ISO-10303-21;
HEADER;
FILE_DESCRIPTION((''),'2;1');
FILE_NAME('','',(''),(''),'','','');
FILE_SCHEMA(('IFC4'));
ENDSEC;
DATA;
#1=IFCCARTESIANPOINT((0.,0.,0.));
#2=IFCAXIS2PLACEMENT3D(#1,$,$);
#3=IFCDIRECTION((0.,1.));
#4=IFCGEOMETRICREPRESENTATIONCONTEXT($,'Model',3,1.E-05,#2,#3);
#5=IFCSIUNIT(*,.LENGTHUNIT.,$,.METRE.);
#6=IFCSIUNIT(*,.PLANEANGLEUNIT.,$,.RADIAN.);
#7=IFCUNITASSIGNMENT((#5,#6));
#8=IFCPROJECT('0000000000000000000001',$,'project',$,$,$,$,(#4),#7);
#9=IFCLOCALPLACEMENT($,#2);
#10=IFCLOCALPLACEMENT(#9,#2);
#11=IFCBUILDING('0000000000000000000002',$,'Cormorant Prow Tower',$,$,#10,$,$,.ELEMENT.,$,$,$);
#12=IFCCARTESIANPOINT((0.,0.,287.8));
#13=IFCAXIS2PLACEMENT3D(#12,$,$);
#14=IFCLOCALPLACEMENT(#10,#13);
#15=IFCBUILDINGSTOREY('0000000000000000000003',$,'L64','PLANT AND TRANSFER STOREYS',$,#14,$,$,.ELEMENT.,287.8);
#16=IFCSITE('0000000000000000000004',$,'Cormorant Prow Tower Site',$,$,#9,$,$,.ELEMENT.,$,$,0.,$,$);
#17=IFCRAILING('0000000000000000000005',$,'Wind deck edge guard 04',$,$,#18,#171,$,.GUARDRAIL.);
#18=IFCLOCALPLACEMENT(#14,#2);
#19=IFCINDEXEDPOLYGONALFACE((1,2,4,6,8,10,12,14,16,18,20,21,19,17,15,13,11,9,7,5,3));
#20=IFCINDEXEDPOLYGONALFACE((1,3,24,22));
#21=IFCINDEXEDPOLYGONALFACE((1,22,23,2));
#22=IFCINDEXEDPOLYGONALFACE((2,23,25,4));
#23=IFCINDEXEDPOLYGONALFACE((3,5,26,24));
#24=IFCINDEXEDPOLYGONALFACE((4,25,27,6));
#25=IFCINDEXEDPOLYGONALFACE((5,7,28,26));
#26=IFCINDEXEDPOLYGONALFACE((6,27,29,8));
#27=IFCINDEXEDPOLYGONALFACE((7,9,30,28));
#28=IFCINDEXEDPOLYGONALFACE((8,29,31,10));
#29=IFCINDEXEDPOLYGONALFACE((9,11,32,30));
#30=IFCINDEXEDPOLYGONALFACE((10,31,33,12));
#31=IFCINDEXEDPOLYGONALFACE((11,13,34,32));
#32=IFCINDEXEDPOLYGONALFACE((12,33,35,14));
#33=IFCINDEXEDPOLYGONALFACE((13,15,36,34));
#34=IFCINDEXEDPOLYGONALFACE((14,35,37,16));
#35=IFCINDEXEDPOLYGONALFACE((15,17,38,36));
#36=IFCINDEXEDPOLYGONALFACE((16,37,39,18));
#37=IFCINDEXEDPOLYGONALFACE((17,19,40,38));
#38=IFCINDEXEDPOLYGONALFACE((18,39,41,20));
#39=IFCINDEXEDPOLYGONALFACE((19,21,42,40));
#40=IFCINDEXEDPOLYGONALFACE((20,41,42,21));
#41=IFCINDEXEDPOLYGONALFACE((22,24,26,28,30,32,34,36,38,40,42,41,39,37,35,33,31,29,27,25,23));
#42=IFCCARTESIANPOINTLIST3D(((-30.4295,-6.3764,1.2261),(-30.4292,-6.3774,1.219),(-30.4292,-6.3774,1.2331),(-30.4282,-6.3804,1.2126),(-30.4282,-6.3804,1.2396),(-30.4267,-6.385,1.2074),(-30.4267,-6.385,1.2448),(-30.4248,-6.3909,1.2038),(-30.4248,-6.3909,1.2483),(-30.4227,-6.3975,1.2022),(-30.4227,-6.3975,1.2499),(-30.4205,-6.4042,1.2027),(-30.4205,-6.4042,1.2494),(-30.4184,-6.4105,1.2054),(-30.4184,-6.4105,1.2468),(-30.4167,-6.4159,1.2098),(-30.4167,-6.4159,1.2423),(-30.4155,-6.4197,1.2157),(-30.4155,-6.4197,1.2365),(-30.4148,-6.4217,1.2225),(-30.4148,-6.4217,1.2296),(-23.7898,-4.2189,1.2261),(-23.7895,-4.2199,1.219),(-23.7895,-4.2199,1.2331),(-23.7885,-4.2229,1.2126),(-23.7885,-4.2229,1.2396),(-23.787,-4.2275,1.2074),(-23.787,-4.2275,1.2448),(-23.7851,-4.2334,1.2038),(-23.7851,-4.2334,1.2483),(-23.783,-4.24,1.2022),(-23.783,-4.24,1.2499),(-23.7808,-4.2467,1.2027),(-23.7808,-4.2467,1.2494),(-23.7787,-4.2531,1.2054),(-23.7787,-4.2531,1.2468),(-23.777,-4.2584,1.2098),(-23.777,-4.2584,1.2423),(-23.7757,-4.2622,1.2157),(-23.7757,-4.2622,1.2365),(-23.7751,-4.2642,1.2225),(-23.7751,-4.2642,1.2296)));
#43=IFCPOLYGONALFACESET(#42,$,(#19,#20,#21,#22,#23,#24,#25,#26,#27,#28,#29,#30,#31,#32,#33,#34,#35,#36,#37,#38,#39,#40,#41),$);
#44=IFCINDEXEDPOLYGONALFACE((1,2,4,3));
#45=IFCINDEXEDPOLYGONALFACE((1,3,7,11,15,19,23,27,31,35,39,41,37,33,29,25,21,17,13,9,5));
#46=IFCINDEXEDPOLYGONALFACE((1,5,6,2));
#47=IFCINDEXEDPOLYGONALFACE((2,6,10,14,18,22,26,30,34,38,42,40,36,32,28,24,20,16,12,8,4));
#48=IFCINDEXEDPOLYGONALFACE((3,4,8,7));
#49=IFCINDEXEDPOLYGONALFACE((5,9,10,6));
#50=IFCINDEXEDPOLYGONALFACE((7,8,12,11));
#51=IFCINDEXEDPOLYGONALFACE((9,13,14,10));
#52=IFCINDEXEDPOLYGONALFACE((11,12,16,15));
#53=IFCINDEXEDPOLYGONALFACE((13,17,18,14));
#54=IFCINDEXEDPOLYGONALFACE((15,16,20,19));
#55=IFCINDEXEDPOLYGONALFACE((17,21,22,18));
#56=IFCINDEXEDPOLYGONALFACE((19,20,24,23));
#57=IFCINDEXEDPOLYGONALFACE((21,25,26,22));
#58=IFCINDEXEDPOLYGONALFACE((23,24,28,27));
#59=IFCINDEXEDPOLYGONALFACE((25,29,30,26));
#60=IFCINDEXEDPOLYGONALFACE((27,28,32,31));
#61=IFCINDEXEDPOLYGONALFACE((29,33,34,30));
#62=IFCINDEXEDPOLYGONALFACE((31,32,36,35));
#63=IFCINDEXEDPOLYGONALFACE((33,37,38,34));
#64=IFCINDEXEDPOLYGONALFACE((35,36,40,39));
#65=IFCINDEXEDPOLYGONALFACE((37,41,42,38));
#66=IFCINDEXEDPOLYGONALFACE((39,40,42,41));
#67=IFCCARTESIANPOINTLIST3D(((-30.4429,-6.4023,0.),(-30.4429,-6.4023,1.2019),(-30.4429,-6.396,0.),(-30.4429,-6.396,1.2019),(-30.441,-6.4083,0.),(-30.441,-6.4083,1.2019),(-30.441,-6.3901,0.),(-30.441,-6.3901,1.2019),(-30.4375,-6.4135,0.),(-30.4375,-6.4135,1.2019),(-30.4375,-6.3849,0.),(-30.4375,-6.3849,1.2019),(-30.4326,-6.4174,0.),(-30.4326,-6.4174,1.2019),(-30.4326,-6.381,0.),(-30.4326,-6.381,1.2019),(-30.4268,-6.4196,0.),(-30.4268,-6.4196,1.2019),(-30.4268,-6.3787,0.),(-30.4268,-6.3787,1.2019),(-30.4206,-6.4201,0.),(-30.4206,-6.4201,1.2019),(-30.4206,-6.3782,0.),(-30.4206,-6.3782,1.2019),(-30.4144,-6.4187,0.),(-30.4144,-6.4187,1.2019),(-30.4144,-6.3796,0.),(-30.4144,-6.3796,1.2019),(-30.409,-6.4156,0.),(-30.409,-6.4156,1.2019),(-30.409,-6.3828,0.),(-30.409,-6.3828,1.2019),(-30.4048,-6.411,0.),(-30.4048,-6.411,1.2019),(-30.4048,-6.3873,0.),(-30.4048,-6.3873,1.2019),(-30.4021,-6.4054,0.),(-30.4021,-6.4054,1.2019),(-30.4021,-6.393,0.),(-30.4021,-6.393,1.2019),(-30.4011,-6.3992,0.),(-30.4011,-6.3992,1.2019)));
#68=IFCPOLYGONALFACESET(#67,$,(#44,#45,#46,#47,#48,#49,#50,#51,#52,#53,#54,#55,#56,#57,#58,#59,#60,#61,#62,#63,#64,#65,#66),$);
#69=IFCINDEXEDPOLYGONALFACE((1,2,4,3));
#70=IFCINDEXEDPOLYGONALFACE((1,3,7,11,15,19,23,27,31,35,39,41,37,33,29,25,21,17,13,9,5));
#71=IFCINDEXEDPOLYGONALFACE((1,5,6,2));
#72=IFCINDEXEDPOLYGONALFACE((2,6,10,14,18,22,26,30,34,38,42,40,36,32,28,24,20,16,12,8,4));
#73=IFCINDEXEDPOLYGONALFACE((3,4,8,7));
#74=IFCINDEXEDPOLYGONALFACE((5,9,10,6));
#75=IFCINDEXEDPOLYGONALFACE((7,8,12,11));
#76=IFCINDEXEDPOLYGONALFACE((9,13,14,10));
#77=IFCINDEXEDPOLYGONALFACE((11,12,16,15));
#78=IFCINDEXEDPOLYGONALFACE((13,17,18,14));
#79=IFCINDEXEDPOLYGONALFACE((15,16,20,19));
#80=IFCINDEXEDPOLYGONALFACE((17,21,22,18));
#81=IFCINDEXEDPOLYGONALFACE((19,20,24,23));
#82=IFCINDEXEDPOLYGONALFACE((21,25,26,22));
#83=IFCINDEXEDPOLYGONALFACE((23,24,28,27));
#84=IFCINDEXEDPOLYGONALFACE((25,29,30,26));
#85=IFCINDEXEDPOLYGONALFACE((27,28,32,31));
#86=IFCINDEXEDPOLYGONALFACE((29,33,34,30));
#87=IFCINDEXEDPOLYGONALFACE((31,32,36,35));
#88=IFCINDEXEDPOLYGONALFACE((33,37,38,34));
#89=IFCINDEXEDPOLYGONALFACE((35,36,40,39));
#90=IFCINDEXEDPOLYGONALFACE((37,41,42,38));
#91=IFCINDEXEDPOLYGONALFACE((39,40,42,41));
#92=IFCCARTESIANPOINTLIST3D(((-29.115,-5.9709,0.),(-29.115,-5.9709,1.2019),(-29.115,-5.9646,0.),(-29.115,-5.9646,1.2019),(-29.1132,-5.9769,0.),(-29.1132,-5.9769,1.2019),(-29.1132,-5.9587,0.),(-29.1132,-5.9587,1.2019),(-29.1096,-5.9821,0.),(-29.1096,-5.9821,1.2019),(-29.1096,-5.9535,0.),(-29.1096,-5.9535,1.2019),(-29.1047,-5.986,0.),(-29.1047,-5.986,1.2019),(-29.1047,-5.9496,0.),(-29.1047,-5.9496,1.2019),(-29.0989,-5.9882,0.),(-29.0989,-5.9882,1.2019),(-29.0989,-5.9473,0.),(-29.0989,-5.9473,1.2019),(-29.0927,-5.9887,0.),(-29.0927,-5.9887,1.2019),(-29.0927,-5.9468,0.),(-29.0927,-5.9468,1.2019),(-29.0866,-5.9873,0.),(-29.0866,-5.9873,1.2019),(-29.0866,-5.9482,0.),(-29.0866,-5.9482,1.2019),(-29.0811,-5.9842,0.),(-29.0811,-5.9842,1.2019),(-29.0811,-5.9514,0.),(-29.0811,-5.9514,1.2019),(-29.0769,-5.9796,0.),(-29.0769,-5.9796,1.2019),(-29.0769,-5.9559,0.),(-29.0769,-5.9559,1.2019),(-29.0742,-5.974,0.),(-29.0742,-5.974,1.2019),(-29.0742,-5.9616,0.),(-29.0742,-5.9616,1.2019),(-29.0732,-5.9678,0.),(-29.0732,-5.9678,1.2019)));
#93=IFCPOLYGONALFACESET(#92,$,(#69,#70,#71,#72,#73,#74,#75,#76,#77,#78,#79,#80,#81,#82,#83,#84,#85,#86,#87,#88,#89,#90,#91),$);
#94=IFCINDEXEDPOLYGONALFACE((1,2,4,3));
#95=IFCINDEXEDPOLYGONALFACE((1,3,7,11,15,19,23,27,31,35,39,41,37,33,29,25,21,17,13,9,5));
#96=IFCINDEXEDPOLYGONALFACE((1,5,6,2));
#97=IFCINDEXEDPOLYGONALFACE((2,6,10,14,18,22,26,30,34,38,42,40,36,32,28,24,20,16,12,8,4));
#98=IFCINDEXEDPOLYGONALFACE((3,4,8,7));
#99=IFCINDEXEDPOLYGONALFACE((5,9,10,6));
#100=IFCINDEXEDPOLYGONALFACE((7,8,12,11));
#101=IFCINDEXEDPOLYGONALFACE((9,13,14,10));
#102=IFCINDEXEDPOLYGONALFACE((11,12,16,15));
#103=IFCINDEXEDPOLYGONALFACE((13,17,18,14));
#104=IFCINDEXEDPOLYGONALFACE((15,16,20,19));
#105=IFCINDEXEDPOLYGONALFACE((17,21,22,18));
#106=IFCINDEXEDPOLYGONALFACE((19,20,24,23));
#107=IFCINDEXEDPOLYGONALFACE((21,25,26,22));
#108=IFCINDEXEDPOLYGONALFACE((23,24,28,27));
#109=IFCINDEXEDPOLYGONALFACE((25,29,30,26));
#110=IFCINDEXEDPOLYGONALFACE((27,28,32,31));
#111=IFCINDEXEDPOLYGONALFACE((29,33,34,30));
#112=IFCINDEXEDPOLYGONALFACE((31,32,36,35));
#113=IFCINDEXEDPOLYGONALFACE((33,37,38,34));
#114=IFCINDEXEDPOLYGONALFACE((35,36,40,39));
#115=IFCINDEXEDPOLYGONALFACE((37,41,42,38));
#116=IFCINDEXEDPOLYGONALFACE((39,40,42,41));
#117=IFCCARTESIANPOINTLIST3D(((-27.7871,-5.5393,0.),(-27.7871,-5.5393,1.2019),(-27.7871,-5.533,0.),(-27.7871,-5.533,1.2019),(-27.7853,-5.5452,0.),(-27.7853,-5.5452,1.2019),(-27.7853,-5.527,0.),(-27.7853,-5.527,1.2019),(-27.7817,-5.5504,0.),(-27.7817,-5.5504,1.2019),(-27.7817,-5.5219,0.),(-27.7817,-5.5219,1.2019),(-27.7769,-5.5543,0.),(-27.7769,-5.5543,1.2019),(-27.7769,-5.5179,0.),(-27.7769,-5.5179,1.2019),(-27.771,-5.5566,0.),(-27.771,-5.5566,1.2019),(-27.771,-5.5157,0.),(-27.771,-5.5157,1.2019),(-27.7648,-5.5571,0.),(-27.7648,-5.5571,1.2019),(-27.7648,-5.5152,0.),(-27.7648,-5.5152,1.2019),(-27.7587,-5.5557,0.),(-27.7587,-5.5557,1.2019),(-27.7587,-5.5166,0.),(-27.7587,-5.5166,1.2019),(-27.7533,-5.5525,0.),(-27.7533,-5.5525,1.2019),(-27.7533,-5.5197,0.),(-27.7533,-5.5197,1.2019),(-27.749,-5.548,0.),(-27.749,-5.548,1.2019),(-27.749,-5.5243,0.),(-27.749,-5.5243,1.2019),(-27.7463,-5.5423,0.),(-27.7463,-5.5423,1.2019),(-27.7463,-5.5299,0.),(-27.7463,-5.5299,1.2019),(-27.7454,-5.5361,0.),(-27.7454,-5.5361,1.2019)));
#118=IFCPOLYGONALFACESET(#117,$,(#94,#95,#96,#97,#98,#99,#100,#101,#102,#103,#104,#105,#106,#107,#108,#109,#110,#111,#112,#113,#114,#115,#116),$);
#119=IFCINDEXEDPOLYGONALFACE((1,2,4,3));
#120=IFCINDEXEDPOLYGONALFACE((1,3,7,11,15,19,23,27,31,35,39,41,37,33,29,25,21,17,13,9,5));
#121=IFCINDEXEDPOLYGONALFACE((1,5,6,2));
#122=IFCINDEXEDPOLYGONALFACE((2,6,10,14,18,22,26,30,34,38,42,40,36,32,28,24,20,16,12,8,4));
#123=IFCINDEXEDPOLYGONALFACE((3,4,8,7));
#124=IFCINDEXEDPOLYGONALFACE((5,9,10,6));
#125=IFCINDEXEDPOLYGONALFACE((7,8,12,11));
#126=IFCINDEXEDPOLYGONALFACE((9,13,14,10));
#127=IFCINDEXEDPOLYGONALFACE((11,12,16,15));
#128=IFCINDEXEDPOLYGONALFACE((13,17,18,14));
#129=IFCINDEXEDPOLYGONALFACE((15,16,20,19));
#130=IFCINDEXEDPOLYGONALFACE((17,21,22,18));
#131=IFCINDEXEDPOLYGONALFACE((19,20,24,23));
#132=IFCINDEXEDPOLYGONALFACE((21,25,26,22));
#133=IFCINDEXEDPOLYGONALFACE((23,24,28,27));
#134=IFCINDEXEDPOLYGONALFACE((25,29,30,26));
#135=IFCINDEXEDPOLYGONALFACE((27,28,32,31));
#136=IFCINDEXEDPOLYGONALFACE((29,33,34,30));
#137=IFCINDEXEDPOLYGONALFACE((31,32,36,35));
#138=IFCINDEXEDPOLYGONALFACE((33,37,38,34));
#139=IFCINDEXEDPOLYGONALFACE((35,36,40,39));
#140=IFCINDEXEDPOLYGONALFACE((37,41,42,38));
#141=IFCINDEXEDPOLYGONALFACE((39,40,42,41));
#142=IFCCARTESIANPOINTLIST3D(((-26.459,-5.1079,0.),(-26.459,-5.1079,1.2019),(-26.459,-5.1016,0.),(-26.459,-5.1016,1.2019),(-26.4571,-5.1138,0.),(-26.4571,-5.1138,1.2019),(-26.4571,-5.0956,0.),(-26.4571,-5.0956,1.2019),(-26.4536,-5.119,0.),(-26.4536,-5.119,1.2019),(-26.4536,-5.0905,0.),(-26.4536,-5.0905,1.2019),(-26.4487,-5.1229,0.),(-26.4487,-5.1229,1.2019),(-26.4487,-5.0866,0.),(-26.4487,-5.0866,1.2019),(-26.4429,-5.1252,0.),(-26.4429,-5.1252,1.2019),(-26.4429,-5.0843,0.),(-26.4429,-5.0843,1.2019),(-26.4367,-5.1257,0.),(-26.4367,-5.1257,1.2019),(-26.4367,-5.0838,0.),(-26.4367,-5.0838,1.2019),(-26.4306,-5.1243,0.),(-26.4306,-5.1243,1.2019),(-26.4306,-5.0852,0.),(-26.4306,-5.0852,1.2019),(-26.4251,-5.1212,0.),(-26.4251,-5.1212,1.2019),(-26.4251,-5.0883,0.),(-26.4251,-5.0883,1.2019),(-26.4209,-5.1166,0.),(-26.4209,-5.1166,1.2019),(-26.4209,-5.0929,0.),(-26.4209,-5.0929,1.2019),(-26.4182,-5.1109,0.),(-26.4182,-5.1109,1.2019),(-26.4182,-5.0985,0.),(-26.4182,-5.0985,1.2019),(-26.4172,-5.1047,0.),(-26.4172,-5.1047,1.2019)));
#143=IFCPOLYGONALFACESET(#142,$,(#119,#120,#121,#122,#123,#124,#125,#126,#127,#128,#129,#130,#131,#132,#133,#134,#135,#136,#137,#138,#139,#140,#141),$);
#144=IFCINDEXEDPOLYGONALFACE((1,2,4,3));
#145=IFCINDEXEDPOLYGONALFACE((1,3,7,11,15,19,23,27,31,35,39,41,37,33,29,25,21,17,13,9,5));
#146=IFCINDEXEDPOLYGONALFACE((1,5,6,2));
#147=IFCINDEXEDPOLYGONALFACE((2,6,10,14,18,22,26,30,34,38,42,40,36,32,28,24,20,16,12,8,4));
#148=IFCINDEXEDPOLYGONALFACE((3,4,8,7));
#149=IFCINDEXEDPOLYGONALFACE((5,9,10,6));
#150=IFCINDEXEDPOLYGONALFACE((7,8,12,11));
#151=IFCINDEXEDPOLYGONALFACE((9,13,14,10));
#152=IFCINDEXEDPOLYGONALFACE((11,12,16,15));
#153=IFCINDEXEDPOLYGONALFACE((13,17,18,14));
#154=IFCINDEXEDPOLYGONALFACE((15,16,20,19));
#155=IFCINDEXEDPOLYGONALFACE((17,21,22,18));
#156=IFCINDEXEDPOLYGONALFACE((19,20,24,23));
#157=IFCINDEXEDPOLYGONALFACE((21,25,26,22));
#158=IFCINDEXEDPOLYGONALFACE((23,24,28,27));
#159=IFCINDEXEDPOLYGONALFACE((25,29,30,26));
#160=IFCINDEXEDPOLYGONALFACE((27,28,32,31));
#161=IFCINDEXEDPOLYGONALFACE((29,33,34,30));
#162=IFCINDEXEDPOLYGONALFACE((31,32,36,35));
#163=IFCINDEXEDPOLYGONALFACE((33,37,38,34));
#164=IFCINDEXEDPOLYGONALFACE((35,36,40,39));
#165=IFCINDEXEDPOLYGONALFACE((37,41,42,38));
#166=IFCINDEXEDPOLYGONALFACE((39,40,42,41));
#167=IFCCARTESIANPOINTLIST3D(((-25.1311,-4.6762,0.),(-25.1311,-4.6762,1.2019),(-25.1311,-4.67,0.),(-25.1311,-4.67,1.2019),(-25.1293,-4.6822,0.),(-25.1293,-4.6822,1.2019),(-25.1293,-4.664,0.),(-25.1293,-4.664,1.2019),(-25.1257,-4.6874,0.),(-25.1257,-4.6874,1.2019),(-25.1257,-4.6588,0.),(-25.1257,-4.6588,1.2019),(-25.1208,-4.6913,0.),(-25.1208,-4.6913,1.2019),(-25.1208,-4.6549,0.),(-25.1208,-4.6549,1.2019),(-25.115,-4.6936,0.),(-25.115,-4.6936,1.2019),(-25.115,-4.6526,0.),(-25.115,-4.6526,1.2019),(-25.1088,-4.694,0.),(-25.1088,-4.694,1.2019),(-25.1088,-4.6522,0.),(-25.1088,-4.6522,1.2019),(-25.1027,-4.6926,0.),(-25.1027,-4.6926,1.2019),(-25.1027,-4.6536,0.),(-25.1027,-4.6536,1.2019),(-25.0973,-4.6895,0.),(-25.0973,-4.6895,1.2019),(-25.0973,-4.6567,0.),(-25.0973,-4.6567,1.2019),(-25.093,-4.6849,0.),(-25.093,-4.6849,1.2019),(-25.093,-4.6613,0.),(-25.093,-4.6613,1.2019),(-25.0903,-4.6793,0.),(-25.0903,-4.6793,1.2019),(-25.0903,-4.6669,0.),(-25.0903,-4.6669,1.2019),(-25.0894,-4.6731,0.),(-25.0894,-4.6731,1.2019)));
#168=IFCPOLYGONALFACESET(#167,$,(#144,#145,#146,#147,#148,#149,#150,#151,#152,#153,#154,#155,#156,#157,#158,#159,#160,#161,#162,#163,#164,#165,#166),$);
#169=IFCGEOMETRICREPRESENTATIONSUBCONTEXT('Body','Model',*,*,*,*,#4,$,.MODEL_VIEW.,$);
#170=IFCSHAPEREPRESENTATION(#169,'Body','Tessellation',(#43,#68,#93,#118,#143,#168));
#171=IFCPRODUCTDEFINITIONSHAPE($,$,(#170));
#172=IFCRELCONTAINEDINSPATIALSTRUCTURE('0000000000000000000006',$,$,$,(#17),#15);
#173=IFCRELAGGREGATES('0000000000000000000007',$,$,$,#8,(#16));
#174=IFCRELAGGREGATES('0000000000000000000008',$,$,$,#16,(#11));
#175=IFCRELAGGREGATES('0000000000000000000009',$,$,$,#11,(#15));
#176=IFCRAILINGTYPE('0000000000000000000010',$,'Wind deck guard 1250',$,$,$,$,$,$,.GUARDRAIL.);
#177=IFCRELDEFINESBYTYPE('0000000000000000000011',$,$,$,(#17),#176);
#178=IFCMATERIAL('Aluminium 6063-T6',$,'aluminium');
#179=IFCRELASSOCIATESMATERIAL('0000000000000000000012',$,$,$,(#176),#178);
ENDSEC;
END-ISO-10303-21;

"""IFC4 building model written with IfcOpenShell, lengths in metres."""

from ifc_helpers import new_model, si_unit, direction, frame, origin, origin_2d, place, context, subcontext, project, spatial, circle, extrude, material, type_object, element, save


model = new_model("IFC4")

# Units and contexts
model_context = context("Model", 3, precision=1e-05, world=origin(), true_north=direction((0.0, 1.0)))
body_context = subcontext(model_context, "Body", "Model", "MODEL_VIEW")
ifc_project = project(units=[si_unit("LENGTHUNIT", "METRE"), si_unit("PLANEANGLEUNIT", "RADIAN")], contexts=[model_context])

# Site, building, storey
site_placement = place(None, origin())
site = spatial("IfcSite", under=ifc_project, at=site_placement, Name="Cormorant Prow Tower Site", CompositionType="ELEMENT", RefElevation=0.0)
building_placement = place(site_placement, origin())
building = spatial("IfcBuilding", under=site, at=building_placement, Name="Cormorant Prow Tower", CompositionType="ELEMENT")
storey_placement = place(building_placement, frame((0.0, 0.0, 287.8)))
storey = spatial("IfcBuildingStorey", under=building, at=storey_placement, Name="L64", Description="PLANT AND TRANSFER STOREYS", CompositionType="ELEMENT", Elevation=287.8)

# Railing
ifc_material_1 = material(Name="Aluminium 6063-T6", Category="aluminium")
railing_type = type_object("IfcRailingType", Name="Wind deck guard 1250", PredefinedType="GUARDRAIL", material=ifc_material_1)
railing_1_placement = place(storey_placement, frame((-30.4221, -6.3992, 0.0)))
element("IfcRailing", 1, at=railing_1_placement, inside=storey, type_object=railing_type, Name="Wind deck edge guard 04", PredefinedType="GUARDRAIL", context=body_context, shape_type="SweptSolid", body=[
    extrude(circle(Radius=0.0239, at=origin_2d()), frame((0.0, 0.0, 1.2261), z_axis=(0.951052, 0.309032, 0.0), x_axis=(-0.309032, 0.951052, 0.0)), (0.0, 0.0, 1.0), 6.9814),
    extrude(circle(Radius=0.021, at=origin_2d()), origin(), (0.0, 0.0, 1.0), 1.2019),
    extrude(circle(Radius=0.021, at=origin_2d()), frame((1.3279, 0.4314, 0.0)), (0.0, 0.0, 1.0), 1.2019),
    extrude(circle(Radius=0.021, at=origin_2d()), frame((2.6558, 0.863, 0.0)), (0.0, 0.0, 1.0), 1.2019),
    extrude(circle(Radius=0.021, at=origin_2d()), frame((3.9839, 1.2944, 0.0)), (0.0, 0.0, 1.0), 1.2019),
    extrude(circle(Radius=0.021, at=origin_2d()), frame((5.3118, 1.7261, 0.0)), (0.0, 0.0, 1.0), 1.2019),
])

save(model, "model.ifc")
